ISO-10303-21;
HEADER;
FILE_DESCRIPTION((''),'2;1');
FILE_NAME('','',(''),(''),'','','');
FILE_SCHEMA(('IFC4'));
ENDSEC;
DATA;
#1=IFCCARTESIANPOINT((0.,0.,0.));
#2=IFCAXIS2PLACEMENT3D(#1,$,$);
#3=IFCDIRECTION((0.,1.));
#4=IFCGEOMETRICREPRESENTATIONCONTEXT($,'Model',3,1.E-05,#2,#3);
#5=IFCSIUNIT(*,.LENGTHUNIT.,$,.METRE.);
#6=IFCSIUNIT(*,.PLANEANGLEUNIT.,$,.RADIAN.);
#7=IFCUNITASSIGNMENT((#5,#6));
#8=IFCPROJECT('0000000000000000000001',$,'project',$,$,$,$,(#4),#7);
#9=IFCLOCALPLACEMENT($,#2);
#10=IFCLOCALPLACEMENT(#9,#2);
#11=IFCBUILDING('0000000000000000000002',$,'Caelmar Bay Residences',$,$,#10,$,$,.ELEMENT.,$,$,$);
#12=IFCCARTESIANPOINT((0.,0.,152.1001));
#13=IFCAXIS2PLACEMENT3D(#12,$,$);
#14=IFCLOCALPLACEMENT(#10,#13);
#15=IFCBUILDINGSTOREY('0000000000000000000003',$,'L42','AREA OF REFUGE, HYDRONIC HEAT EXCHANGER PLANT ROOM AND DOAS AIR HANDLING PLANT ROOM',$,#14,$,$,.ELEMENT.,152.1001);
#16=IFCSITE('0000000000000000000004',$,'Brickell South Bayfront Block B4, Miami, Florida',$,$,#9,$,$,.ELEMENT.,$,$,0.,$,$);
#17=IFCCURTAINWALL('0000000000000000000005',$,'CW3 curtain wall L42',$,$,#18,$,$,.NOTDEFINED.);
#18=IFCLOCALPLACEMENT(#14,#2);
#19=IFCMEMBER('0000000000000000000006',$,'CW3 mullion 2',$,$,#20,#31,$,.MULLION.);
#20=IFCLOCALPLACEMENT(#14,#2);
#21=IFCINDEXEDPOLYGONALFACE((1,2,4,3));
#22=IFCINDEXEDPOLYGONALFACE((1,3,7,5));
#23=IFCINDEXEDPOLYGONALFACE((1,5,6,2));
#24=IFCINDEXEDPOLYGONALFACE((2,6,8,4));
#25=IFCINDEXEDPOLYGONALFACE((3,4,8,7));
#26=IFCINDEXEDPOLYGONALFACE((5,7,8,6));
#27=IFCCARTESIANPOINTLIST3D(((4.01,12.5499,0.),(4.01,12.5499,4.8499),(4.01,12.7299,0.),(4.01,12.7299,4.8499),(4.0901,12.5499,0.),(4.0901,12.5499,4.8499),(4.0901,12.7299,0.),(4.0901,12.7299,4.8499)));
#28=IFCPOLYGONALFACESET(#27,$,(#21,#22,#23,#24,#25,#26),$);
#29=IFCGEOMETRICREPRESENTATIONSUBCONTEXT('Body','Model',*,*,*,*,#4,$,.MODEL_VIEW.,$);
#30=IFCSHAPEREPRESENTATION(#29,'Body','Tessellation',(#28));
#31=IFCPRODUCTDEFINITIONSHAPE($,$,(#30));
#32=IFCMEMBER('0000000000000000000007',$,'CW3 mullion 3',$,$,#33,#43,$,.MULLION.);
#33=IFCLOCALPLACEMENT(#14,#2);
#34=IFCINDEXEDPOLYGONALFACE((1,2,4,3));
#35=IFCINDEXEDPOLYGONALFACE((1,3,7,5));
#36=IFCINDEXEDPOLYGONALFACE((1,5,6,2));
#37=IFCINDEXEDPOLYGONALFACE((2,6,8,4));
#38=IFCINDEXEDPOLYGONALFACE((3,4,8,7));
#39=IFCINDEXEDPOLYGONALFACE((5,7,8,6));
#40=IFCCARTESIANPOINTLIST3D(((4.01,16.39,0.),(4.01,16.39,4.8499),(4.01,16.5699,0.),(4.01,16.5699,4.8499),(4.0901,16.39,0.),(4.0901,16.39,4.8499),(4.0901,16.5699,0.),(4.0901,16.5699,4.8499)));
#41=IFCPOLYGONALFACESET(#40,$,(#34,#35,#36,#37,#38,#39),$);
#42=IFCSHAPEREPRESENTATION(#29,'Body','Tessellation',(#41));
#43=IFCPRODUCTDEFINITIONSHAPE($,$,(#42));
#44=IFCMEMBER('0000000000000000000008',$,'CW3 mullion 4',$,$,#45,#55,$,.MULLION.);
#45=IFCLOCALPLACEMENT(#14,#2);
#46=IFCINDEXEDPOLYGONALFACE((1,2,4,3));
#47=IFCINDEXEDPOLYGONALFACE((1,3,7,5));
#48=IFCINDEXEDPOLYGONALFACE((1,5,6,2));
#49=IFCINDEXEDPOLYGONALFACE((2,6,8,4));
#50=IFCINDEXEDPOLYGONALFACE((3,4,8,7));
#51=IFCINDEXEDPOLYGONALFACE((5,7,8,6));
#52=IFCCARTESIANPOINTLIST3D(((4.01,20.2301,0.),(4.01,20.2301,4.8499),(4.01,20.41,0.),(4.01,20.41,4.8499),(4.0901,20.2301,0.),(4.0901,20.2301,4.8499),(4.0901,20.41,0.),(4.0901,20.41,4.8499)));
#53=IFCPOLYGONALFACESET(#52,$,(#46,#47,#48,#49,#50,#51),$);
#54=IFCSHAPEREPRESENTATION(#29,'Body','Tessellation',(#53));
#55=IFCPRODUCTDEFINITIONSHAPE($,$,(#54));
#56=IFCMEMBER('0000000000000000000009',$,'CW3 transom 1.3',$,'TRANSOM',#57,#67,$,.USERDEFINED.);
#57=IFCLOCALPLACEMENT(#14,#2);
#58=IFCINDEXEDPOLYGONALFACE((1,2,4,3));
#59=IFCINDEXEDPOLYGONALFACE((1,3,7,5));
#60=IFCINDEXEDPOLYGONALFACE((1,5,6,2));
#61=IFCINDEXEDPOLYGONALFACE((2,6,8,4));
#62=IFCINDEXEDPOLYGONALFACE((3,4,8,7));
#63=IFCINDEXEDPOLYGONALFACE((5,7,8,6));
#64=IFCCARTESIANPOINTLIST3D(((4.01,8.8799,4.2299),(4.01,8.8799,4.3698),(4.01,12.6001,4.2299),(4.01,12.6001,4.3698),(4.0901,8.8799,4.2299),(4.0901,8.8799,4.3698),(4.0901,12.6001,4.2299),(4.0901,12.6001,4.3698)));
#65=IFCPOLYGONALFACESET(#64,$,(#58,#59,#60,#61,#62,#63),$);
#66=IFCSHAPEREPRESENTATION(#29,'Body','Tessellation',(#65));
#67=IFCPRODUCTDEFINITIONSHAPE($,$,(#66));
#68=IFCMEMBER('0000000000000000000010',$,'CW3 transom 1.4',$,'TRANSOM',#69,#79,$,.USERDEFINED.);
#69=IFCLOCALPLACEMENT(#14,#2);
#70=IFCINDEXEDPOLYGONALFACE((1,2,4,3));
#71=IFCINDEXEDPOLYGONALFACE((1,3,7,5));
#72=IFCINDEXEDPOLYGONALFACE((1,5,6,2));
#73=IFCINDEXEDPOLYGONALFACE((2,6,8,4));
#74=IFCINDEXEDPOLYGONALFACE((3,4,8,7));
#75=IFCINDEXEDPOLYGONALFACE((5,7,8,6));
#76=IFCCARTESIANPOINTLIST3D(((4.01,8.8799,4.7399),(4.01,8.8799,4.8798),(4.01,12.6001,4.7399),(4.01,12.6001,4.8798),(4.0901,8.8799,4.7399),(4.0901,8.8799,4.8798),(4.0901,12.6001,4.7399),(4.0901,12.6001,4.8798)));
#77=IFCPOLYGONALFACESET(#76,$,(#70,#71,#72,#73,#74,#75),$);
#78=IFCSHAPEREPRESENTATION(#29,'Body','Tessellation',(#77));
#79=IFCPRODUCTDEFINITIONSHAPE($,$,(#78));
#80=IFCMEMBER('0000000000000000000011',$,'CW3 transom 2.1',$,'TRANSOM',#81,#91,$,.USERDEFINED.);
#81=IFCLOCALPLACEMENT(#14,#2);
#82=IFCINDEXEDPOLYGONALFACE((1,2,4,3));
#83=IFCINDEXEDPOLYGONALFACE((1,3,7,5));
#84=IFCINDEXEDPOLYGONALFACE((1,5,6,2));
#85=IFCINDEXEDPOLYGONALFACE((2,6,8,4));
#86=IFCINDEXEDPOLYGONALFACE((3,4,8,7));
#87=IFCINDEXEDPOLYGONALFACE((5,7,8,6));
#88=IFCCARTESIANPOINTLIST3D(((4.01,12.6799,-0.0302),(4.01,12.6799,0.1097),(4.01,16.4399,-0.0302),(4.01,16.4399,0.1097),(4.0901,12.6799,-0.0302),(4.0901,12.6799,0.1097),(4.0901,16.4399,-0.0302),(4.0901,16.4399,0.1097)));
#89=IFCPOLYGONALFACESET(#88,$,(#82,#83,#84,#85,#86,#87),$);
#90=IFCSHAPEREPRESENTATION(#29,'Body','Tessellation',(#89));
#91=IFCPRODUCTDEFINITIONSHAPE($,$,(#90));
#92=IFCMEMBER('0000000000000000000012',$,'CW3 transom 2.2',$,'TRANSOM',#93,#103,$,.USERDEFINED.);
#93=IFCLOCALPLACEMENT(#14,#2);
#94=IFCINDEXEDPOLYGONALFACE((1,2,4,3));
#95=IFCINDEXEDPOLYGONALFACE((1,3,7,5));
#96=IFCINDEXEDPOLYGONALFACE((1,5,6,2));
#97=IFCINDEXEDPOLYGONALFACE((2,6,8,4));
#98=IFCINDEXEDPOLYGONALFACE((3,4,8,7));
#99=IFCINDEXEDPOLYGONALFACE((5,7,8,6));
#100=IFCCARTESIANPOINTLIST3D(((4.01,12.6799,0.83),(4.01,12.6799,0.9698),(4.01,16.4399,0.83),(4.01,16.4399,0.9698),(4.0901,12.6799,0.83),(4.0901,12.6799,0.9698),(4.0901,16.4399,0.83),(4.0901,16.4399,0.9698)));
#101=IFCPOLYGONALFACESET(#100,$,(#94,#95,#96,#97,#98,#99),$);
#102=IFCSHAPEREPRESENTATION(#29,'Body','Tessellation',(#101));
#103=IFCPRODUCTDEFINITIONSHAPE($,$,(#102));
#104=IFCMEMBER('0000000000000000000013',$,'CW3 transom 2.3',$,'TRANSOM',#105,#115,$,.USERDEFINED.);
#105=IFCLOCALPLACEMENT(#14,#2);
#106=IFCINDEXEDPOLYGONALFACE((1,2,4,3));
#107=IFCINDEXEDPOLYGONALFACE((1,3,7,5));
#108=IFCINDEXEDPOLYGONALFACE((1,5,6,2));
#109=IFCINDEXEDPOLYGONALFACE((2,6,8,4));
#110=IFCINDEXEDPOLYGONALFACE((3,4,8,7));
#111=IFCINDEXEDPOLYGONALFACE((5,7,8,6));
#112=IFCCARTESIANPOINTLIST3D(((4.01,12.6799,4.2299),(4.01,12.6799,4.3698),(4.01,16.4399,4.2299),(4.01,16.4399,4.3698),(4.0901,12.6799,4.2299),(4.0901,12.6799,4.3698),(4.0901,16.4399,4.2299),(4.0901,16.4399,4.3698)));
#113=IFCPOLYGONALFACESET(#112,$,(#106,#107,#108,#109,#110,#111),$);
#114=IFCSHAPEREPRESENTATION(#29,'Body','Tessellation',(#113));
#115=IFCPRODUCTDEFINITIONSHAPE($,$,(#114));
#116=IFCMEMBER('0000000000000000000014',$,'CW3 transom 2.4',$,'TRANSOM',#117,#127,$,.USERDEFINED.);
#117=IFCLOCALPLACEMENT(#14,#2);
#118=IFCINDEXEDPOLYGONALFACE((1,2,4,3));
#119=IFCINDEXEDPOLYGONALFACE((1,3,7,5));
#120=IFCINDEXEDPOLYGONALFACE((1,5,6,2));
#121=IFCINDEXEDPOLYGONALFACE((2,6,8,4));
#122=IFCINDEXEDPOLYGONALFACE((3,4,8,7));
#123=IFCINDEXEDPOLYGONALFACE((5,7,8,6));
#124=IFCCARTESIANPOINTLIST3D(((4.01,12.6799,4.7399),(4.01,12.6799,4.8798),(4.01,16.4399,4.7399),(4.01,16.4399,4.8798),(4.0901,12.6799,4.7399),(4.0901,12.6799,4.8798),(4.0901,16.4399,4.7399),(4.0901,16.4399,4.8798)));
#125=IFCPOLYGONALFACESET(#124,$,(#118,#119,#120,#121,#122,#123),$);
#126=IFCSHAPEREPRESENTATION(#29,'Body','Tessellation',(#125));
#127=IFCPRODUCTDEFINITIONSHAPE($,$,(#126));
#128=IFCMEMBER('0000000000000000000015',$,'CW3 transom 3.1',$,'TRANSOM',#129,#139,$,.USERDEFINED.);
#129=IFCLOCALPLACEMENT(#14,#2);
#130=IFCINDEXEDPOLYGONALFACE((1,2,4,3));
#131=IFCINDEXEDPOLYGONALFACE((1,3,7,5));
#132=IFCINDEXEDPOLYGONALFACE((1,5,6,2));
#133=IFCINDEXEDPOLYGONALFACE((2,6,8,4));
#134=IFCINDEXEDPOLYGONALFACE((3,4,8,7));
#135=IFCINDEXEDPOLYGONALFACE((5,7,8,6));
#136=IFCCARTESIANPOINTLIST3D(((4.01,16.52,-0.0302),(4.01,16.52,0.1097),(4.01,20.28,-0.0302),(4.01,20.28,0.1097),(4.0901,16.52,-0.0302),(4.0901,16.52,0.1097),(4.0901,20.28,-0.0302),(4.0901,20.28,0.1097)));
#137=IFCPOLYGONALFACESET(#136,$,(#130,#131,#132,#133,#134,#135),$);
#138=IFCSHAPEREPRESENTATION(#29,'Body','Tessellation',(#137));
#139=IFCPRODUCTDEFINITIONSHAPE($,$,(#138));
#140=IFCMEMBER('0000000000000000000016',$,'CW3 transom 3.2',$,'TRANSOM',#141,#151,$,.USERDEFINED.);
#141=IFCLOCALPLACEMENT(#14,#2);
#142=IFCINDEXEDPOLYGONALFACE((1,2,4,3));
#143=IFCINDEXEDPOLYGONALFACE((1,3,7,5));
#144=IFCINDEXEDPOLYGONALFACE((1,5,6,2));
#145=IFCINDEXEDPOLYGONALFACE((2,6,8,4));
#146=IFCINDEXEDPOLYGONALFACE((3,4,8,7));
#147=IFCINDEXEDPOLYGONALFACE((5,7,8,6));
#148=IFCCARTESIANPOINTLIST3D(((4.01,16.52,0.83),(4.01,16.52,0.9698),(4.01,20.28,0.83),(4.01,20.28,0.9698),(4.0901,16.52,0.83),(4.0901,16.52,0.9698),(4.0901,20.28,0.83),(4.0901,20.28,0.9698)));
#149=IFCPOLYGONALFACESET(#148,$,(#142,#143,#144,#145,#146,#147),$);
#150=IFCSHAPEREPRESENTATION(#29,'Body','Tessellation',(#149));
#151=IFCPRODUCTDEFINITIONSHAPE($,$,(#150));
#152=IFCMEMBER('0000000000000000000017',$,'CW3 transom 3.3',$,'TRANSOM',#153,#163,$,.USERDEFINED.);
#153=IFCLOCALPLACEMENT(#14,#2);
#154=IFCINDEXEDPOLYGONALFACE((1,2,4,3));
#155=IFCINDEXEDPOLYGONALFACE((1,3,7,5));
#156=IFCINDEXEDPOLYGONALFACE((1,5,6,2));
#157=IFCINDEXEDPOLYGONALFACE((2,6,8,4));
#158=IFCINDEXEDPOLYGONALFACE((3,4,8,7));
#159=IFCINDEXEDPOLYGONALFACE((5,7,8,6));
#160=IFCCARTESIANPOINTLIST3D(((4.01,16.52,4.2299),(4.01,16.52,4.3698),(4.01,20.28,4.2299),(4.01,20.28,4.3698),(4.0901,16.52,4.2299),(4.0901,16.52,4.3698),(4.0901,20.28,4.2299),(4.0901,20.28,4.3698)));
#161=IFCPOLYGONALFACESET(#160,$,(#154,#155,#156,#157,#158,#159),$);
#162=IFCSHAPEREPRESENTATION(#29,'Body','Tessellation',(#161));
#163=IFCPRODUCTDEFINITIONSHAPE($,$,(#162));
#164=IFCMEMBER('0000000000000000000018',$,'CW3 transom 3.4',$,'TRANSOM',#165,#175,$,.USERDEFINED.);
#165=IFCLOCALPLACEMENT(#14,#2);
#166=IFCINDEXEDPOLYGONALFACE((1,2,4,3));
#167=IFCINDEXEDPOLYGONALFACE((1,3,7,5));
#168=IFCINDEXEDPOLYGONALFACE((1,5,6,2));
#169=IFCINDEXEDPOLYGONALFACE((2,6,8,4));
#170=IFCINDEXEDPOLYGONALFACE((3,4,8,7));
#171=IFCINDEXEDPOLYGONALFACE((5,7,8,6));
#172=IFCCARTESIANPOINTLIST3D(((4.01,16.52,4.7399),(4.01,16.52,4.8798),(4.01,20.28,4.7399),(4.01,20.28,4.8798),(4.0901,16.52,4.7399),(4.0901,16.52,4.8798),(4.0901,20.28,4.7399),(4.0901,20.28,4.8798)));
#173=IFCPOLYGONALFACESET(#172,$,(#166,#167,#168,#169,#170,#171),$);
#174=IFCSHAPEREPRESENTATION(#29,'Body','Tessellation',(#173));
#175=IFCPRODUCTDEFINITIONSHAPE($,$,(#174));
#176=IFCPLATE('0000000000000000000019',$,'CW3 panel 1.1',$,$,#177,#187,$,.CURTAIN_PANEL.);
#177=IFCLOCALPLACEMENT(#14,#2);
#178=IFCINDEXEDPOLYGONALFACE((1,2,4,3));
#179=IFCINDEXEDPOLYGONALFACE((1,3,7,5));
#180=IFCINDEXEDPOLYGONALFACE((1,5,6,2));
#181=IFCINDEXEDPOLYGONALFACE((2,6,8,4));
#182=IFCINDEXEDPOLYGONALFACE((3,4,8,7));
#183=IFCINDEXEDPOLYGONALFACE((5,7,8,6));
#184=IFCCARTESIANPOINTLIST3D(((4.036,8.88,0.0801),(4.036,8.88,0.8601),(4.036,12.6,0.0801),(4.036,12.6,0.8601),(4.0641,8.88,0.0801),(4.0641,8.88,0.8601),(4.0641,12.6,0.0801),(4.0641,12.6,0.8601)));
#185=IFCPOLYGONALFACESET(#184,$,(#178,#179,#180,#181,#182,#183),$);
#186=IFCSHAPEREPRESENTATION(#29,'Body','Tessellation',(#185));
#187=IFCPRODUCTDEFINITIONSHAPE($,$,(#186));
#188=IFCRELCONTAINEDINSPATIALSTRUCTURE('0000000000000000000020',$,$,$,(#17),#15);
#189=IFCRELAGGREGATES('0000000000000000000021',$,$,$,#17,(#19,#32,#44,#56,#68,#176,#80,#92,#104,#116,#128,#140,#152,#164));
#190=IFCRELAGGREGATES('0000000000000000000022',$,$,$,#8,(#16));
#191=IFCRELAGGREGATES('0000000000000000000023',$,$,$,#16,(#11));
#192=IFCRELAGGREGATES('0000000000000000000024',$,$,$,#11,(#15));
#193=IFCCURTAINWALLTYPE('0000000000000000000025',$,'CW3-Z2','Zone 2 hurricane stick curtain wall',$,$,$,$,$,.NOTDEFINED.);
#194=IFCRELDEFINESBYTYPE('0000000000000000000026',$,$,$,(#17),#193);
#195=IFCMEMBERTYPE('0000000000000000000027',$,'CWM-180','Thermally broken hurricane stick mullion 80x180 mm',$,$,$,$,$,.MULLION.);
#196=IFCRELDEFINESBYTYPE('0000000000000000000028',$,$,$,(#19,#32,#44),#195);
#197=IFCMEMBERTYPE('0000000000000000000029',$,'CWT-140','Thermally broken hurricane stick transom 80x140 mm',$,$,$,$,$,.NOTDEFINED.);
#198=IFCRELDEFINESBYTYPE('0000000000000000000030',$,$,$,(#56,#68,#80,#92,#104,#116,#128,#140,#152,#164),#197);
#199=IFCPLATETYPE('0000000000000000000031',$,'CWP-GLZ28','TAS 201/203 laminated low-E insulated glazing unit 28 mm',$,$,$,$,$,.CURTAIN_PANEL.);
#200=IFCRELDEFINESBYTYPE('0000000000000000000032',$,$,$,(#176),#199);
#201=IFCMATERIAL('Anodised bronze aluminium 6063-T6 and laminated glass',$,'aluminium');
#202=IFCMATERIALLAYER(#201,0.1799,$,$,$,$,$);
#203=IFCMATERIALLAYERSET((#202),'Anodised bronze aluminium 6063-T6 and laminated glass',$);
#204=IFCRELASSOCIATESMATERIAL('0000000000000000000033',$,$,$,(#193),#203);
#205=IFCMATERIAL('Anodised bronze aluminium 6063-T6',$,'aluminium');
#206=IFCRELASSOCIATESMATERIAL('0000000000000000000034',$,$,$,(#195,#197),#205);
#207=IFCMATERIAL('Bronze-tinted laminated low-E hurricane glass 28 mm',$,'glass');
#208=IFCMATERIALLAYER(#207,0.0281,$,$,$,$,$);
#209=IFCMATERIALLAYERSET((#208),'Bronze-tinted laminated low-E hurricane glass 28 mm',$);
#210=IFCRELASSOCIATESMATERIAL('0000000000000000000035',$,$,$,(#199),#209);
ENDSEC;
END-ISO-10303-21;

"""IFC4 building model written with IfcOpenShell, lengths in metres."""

from ifc_helpers import new_model, si_unit, direction, frame, origin, origin_2d, place, context, subcontext, project, spatial, rectangle, extrude, material, layer, layer_set, material_profile, profile_set, type_object, element, aggregate, save


model = new_model("IFC4")

# Units and contexts
model_context = context("Model", 3, precision=1e-05, world=origin(), true_north=direction((0.0, 1.0)))
body_context = subcontext(model_context, "Body", "Model", "MODEL_VIEW")
ifc_project = project(units=[si_unit("LENGTHUNIT", "METRE"), si_unit("PLANEANGLEUNIT", "RADIAN")], contexts=[model_context])

# Site, building, storey
site_placement = place(None, origin())
site = spatial("IfcSite", under=ifc_project, at=site_placement, Name="Brickell South Bayfront Block B4, Miami, Florida", CompositionType="ELEMENT", RefElevation=0.0)
building_placement = place(site_placement, origin())
building = spatial("IfcBuilding", under=site, at=building_placement, Name="Caelmar Bay Residences", CompositionType="ELEMENT")
storey_placement = place(building_placement, frame((0.0, 0.0, 152.1001)))
storey = spatial("IfcBuildingStorey", under=building, at=storey_placement, Name="L42", Description="AREA OF REFUGE, HYDRONIC HEAT EXCHANGER PLANT ROOM AND DOAS AIR HANDLING PLANT ROOM", CompositionType="ELEMENT", Elevation=152.1001)

# Curtain wall, members, plate
ifc_material_1 = material(Name="Anodised bronze aluminium 6063-T6 and laminated glass", Category="aluminium")
ifc_layer_1 = layer(ifc_material_1, 0.1799)
ifc_layer_set_1 = layer_set([ifc_layer_1], Name="Anodised bronze aluminium 6063-T6 and laminated glass")
curtain_wall_type = type_object("IfcCurtainWallType", Name="CW3-Z2", Description="Zone 2 hurricane stick curtain wall", PredefinedType="NOTDEFINED", material=ifc_layer_set_1)
curtain_wall_placement = place(storey_placement, origin())
curtain_wall = element("IfcCurtainWall", 1, at=curtain_wall_placement, inside=storey, type_object=curtain_wall_type, Name="CW3 curtain wall L42", PredefinedType="NOTDEFINED")
ifc_material_2 = material(Name="Anodised bronze aluminium 6063-T6", Category="aluminium")
ifc_material_profile_1 = material_profile(ifc_material_2, rectangle(XDim=0.0801, YDim=0.1799, at=origin_2d()), Name="CWM-80X180")
ifc_profile_set_1 = profile_set([ifc_material_profile_1], Name="Anodised bronze aluminium 6063-T6")
member_type_1 = type_object("IfcMemberType", Name="CWM-180", Description="Thermally broken hurricane stick mullion 80x180 mm", PredefinedType="MULLION", material=ifc_profile_set_1)
member_1_placement = place(storey_placement, frame((4.05, 12.6399, 0.0), z_axis=(0.0, 0.0, 1.0), x_axis=(-1.0, 0.0, 0.0)))
member_1 = element("IfcMember", 2, at=member_1_placement, type_object=member_type_1, Name="CW3 mullion 2", PredefinedType="MULLION", context=body_context, shape_type="SweptSolid", body=[
    extrude(rectangle(XDim=0.0801, YDim=0.1799, at=origin_2d()), origin(), (0.0, 0.0, 1.0), 4.8499),
])
member_2_placement = place(storey_placement, frame((4.05, 16.48, 0.0), z_axis=(0.0, 0.0, 1.0), x_axis=(-1.0, 0.0, 0.0)))
member_2 = element("IfcMember", 3, at=member_2_placement, type_object=member_type_1, Name="CW3 mullion 3", PredefinedType="MULLION", context=body_context, shape_type="SweptSolid", body=[
    extrude(rectangle(XDim=0.0801, YDim=0.1799, at=origin_2d()), origin(), (0.0, 0.0, 1.0), 4.8499),
])
member_3_placement = place(storey_placement, frame((4.05, 20.3201, 0.0), z_axis=(0.0, 0.0, 1.0), x_axis=(-1.0, 0.0, 0.0)))
member_3 = element("IfcMember", 4, at=member_3_placement, type_object=member_type_1, Name="CW3 mullion 4", PredefinedType="MULLION", context=body_context, shape_type="SweptSolid", body=[
    extrude(rectangle(XDim=0.0801, YDim=0.1799, at=origin_2d()), origin(), (0.0, 0.0, 1.0), 4.8499),
])
ifc_material_profile_2 = material_profile(ifc_material_2, rectangle(XDim=0.0801, YDim=0.1399, at=origin_2d()), Name="CWT-80X140")
ifc_profile_set_2 = profile_set([ifc_material_profile_2], Name="Anodised bronze aluminium 6063-T6")
member_type_2 = type_object("IfcMemberType", Name="CWT-140", Description="Thermally broken hurricane stick transom 80x140 mm", PredefinedType="NOTDEFINED", material=ifc_profile_set_2)
member_4_placement = place(storey_placement, frame((4.05, 8.8799, 4.2998), z_axis=(0.0, 1.0, 0.0), x_axis=(-1.0, 0.0, 0.0)))
member_4 = element("IfcMember", 5, at=member_4_placement, type_object=member_type_2, Name="CW3 transom 1.3", ObjectType="TRANSOM", PredefinedType="USERDEFINED", context=body_context, shape_type="SweptSolid", body=[
    extrude(rectangle(XDim=0.0801, YDim=0.1399, at=origin_2d()), origin(), (0.0, 0.0, 1.0), 3.7202),
])
member_5_placement = place(storey_placement, frame((4.05, 8.8799, 4.8098), z_axis=(0.0, 1.0, 0.0), x_axis=(-1.0, 0.0, 0.0)))
member_5 = element("IfcMember", 6, at=member_5_placement, type_object=member_type_2, Name="CW3 transom 1.4", ObjectType="TRANSOM", PredefinedType="USERDEFINED", context=body_context, shape_type="SweptSolid", body=[
    extrude(rectangle(XDim=0.0801, YDim=0.1399, at=origin_2d()), origin(), (0.0, 0.0, 1.0), 3.7202),
])
member_6_placement = place(storey_placement, frame((4.05, 12.6799, 0.0398), z_axis=(0.0, 1.0, 0.0), x_axis=(-1.0, 0.0, 0.0)))
member_6 = element("IfcMember", 7, at=member_6_placement, type_object=member_type_2, Name="CW3 transom 2.1", ObjectType="TRANSOM", PredefinedType="USERDEFINED", context=body_context, shape_type="SweptSolid", body=[
    extrude(rectangle(XDim=0.0801, YDim=0.1399, at=origin_2d()), origin(), (0.0, 0.0, 1.0), 3.76),
])
member_7_placement = place(storey_placement, frame((4.05, 12.6799, 0.8999), z_axis=(0.0, 1.0, 0.0), x_axis=(-1.0, 0.0, 0.0)))
member_7 = element("IfcMember", 8, at=member_7_placement, type_object=member_type_2, Name="CW3 transom 2.2", ObjectType="TRANSOM", PredefinedType="USERDEFINED", context=body_context, shape_type="SweptSolid", body=[
    extrude(rectangle(XDim=0.0801, YDim=0.1399, at=origin_2d()), origin(), (0.0, 0.0, 1.0), 3.76),
])
member_8_placement = place(storey_placement, frame((4.05, 12.6799, 4.2998), z_axis=(0.0, 1.0, 0.0), x_axis=(-1.0, 0.0, 0.0)))
member_8 = element("IfcMember", 9, at=member_8_placement, type_object=member_type_2, Name="CW3 transom 2.3", ObjectType="TRANSOM", PredefinedType="USERDEFINED", context=body_context, shape_type="SweptSolid", body=[
    extrude(rectangle(XDim=0.0801, YDim=0.1399, at=origin_2d()), origin(), (0.0, 0.0, 1.0), 3.76),
])
member_9_placement = place(storey_placement, frame((4.05, 12.6799, 4.8098), z_axis=(0.0, 1.0, 0.0), x_axis=(-1.0, 0.0, 0.0)))
member_9 = element("IfcMember", 10, at=member_9_placement, type_object=member_type_2, Name="CW3 transom 2.4", ObjectType="TRANSOM", PredefinedType="USERDEFINED", context=body_context, shape_type="SweptSolid", body=[
    extrude(rectangle(XDim=0.0801, YDim=0.1399, at=origin_2d()), origin(), (0.0, 0.0, 1.0), 3.76),
])
member_10_placement = place(storey_placement, frame((4.05, 16.52, 0.0398), z_axis=(0.0, 1.0, 0.0), x_axis=(-1.0, 0.0, 0.0)))
member_10 = element("IfcMember", 11, at=member_10_placement, type_object=member_type_2, Name="CW3 transom 3.1", ObjectType="TRANSOM", PredefinedType="USERDEFINED", context=body_context, shape_type="SweptSolid", body=[
    extrude(rectangle(XDim=0.0801, YDim=0.1399, at=origin_2d()), origin(), (0.0, 0.0, 1.0), 3.76),
])
member_11_placement = place(storey_placement, frame((4.05, 16.52, 0.8999), z_axis=(0.0, 1.0, 0.0), x_axis=(-1.0, 0.0, 0.0)))
member_11 = element("IfcMember", 12, at=member_11_placement, type_object=member_type_2, Name="CW3 transom 3.2", ObjectType="TRANSOM", PredefinedType="USERDEFINED", context=body_context, shape_type="SweptSolid", body=[
    extrude(rectangle(XDim=0.0801, YDim=0.1399, at=origin_2d()), origin(), (0.0, 0.0, 1.0), 3.76),
])
member_12_placement = place(storey_placement, frame((4.05, 16.52, 4.2998), z_axis=(0.0, 1.0, 0.0), x_axis=(-1.0, 0.0, 0.0)))
member_12 = element("IfcMember", 13, at=member_12_placement, type_object=member_type_2, Name="CW3 transom 3.3", ObjectType="TRANSOM", PredefinedType="USERDEFINED", context=body_context, shape_type="SweptSolid", body=[
    extrude(rectangle(XDim=0.0801, YDim=0.1399, at=origin_2d()), origin(), (0.0, 0.0, 1.0), 3.76),
])
member_13_placement = place(storey_placement, frame((4.05, 16.52, 4.8098), z_axis=(0.0, 1.0, 0.0), x_axis=(-1.0, 0.0, 0.0)))
member_13 = element("IfcMember", 14, at=member_13_placement, type_object=member_type_2, Name="CW3 transom 3.4", ObjectType="TRANSOM", PredefinedType="USERDEFINED", context=body_context, shape_type="SweptSolid", body=[
    extrude(rectangle(XDim=0.0801, YDim=0.1399, at=origin_2d()), origin(), (0.0, 0.0, 1.0), 3.76),
])
ifc_material_3 = material(Name="Bronze-tinted laminated low-E hurricane glass 28 mm", Category="glass")
ifc_layer_2 = layer(ifc_material_3, 0.0281)
ifc_layer_set_2 = layer_set([ifc_layer_2], Name="Bronze-tinted laminated low-E hurricane glass 28 mm")
plate_type = type_object("IfcPlateType", Name="CWP-GLZ28", Description="TAS 201/203 laminated low-E insulated glazing unit 28 mm", PredefinedType="CURTAIN_PANEL", material=ifc_layer_set_2)
plate_1_placement = place(storey_placement, frame((4.05, 10.74, 0.0801), z_axis=(0.0, 0.0, 1.0), x_axis=(0.0, 1.0, 0.0)))
plate_1 = element("IfcPlate", 15, at=plate_1_placement, type_object=plate_type, Name="CW3 panel 1.1", PredefinedType="CURTAIN_PANEL", context=body_context, shape_type="SweptSolid", body=[
    extrude(rectangle(XDim=3.72, YDim=0.0281, at=origin_2d()), origin(), (0.0, 0.0, 1.0), 0.78),
])
aggregate(curtain_wall, [member_1, member_2, member_3, member_4, member_5, plate_1, member_6, member_7, member_8, member_9, member_10, member_11, member_12, member_13])

save(model, "model.ifc")
